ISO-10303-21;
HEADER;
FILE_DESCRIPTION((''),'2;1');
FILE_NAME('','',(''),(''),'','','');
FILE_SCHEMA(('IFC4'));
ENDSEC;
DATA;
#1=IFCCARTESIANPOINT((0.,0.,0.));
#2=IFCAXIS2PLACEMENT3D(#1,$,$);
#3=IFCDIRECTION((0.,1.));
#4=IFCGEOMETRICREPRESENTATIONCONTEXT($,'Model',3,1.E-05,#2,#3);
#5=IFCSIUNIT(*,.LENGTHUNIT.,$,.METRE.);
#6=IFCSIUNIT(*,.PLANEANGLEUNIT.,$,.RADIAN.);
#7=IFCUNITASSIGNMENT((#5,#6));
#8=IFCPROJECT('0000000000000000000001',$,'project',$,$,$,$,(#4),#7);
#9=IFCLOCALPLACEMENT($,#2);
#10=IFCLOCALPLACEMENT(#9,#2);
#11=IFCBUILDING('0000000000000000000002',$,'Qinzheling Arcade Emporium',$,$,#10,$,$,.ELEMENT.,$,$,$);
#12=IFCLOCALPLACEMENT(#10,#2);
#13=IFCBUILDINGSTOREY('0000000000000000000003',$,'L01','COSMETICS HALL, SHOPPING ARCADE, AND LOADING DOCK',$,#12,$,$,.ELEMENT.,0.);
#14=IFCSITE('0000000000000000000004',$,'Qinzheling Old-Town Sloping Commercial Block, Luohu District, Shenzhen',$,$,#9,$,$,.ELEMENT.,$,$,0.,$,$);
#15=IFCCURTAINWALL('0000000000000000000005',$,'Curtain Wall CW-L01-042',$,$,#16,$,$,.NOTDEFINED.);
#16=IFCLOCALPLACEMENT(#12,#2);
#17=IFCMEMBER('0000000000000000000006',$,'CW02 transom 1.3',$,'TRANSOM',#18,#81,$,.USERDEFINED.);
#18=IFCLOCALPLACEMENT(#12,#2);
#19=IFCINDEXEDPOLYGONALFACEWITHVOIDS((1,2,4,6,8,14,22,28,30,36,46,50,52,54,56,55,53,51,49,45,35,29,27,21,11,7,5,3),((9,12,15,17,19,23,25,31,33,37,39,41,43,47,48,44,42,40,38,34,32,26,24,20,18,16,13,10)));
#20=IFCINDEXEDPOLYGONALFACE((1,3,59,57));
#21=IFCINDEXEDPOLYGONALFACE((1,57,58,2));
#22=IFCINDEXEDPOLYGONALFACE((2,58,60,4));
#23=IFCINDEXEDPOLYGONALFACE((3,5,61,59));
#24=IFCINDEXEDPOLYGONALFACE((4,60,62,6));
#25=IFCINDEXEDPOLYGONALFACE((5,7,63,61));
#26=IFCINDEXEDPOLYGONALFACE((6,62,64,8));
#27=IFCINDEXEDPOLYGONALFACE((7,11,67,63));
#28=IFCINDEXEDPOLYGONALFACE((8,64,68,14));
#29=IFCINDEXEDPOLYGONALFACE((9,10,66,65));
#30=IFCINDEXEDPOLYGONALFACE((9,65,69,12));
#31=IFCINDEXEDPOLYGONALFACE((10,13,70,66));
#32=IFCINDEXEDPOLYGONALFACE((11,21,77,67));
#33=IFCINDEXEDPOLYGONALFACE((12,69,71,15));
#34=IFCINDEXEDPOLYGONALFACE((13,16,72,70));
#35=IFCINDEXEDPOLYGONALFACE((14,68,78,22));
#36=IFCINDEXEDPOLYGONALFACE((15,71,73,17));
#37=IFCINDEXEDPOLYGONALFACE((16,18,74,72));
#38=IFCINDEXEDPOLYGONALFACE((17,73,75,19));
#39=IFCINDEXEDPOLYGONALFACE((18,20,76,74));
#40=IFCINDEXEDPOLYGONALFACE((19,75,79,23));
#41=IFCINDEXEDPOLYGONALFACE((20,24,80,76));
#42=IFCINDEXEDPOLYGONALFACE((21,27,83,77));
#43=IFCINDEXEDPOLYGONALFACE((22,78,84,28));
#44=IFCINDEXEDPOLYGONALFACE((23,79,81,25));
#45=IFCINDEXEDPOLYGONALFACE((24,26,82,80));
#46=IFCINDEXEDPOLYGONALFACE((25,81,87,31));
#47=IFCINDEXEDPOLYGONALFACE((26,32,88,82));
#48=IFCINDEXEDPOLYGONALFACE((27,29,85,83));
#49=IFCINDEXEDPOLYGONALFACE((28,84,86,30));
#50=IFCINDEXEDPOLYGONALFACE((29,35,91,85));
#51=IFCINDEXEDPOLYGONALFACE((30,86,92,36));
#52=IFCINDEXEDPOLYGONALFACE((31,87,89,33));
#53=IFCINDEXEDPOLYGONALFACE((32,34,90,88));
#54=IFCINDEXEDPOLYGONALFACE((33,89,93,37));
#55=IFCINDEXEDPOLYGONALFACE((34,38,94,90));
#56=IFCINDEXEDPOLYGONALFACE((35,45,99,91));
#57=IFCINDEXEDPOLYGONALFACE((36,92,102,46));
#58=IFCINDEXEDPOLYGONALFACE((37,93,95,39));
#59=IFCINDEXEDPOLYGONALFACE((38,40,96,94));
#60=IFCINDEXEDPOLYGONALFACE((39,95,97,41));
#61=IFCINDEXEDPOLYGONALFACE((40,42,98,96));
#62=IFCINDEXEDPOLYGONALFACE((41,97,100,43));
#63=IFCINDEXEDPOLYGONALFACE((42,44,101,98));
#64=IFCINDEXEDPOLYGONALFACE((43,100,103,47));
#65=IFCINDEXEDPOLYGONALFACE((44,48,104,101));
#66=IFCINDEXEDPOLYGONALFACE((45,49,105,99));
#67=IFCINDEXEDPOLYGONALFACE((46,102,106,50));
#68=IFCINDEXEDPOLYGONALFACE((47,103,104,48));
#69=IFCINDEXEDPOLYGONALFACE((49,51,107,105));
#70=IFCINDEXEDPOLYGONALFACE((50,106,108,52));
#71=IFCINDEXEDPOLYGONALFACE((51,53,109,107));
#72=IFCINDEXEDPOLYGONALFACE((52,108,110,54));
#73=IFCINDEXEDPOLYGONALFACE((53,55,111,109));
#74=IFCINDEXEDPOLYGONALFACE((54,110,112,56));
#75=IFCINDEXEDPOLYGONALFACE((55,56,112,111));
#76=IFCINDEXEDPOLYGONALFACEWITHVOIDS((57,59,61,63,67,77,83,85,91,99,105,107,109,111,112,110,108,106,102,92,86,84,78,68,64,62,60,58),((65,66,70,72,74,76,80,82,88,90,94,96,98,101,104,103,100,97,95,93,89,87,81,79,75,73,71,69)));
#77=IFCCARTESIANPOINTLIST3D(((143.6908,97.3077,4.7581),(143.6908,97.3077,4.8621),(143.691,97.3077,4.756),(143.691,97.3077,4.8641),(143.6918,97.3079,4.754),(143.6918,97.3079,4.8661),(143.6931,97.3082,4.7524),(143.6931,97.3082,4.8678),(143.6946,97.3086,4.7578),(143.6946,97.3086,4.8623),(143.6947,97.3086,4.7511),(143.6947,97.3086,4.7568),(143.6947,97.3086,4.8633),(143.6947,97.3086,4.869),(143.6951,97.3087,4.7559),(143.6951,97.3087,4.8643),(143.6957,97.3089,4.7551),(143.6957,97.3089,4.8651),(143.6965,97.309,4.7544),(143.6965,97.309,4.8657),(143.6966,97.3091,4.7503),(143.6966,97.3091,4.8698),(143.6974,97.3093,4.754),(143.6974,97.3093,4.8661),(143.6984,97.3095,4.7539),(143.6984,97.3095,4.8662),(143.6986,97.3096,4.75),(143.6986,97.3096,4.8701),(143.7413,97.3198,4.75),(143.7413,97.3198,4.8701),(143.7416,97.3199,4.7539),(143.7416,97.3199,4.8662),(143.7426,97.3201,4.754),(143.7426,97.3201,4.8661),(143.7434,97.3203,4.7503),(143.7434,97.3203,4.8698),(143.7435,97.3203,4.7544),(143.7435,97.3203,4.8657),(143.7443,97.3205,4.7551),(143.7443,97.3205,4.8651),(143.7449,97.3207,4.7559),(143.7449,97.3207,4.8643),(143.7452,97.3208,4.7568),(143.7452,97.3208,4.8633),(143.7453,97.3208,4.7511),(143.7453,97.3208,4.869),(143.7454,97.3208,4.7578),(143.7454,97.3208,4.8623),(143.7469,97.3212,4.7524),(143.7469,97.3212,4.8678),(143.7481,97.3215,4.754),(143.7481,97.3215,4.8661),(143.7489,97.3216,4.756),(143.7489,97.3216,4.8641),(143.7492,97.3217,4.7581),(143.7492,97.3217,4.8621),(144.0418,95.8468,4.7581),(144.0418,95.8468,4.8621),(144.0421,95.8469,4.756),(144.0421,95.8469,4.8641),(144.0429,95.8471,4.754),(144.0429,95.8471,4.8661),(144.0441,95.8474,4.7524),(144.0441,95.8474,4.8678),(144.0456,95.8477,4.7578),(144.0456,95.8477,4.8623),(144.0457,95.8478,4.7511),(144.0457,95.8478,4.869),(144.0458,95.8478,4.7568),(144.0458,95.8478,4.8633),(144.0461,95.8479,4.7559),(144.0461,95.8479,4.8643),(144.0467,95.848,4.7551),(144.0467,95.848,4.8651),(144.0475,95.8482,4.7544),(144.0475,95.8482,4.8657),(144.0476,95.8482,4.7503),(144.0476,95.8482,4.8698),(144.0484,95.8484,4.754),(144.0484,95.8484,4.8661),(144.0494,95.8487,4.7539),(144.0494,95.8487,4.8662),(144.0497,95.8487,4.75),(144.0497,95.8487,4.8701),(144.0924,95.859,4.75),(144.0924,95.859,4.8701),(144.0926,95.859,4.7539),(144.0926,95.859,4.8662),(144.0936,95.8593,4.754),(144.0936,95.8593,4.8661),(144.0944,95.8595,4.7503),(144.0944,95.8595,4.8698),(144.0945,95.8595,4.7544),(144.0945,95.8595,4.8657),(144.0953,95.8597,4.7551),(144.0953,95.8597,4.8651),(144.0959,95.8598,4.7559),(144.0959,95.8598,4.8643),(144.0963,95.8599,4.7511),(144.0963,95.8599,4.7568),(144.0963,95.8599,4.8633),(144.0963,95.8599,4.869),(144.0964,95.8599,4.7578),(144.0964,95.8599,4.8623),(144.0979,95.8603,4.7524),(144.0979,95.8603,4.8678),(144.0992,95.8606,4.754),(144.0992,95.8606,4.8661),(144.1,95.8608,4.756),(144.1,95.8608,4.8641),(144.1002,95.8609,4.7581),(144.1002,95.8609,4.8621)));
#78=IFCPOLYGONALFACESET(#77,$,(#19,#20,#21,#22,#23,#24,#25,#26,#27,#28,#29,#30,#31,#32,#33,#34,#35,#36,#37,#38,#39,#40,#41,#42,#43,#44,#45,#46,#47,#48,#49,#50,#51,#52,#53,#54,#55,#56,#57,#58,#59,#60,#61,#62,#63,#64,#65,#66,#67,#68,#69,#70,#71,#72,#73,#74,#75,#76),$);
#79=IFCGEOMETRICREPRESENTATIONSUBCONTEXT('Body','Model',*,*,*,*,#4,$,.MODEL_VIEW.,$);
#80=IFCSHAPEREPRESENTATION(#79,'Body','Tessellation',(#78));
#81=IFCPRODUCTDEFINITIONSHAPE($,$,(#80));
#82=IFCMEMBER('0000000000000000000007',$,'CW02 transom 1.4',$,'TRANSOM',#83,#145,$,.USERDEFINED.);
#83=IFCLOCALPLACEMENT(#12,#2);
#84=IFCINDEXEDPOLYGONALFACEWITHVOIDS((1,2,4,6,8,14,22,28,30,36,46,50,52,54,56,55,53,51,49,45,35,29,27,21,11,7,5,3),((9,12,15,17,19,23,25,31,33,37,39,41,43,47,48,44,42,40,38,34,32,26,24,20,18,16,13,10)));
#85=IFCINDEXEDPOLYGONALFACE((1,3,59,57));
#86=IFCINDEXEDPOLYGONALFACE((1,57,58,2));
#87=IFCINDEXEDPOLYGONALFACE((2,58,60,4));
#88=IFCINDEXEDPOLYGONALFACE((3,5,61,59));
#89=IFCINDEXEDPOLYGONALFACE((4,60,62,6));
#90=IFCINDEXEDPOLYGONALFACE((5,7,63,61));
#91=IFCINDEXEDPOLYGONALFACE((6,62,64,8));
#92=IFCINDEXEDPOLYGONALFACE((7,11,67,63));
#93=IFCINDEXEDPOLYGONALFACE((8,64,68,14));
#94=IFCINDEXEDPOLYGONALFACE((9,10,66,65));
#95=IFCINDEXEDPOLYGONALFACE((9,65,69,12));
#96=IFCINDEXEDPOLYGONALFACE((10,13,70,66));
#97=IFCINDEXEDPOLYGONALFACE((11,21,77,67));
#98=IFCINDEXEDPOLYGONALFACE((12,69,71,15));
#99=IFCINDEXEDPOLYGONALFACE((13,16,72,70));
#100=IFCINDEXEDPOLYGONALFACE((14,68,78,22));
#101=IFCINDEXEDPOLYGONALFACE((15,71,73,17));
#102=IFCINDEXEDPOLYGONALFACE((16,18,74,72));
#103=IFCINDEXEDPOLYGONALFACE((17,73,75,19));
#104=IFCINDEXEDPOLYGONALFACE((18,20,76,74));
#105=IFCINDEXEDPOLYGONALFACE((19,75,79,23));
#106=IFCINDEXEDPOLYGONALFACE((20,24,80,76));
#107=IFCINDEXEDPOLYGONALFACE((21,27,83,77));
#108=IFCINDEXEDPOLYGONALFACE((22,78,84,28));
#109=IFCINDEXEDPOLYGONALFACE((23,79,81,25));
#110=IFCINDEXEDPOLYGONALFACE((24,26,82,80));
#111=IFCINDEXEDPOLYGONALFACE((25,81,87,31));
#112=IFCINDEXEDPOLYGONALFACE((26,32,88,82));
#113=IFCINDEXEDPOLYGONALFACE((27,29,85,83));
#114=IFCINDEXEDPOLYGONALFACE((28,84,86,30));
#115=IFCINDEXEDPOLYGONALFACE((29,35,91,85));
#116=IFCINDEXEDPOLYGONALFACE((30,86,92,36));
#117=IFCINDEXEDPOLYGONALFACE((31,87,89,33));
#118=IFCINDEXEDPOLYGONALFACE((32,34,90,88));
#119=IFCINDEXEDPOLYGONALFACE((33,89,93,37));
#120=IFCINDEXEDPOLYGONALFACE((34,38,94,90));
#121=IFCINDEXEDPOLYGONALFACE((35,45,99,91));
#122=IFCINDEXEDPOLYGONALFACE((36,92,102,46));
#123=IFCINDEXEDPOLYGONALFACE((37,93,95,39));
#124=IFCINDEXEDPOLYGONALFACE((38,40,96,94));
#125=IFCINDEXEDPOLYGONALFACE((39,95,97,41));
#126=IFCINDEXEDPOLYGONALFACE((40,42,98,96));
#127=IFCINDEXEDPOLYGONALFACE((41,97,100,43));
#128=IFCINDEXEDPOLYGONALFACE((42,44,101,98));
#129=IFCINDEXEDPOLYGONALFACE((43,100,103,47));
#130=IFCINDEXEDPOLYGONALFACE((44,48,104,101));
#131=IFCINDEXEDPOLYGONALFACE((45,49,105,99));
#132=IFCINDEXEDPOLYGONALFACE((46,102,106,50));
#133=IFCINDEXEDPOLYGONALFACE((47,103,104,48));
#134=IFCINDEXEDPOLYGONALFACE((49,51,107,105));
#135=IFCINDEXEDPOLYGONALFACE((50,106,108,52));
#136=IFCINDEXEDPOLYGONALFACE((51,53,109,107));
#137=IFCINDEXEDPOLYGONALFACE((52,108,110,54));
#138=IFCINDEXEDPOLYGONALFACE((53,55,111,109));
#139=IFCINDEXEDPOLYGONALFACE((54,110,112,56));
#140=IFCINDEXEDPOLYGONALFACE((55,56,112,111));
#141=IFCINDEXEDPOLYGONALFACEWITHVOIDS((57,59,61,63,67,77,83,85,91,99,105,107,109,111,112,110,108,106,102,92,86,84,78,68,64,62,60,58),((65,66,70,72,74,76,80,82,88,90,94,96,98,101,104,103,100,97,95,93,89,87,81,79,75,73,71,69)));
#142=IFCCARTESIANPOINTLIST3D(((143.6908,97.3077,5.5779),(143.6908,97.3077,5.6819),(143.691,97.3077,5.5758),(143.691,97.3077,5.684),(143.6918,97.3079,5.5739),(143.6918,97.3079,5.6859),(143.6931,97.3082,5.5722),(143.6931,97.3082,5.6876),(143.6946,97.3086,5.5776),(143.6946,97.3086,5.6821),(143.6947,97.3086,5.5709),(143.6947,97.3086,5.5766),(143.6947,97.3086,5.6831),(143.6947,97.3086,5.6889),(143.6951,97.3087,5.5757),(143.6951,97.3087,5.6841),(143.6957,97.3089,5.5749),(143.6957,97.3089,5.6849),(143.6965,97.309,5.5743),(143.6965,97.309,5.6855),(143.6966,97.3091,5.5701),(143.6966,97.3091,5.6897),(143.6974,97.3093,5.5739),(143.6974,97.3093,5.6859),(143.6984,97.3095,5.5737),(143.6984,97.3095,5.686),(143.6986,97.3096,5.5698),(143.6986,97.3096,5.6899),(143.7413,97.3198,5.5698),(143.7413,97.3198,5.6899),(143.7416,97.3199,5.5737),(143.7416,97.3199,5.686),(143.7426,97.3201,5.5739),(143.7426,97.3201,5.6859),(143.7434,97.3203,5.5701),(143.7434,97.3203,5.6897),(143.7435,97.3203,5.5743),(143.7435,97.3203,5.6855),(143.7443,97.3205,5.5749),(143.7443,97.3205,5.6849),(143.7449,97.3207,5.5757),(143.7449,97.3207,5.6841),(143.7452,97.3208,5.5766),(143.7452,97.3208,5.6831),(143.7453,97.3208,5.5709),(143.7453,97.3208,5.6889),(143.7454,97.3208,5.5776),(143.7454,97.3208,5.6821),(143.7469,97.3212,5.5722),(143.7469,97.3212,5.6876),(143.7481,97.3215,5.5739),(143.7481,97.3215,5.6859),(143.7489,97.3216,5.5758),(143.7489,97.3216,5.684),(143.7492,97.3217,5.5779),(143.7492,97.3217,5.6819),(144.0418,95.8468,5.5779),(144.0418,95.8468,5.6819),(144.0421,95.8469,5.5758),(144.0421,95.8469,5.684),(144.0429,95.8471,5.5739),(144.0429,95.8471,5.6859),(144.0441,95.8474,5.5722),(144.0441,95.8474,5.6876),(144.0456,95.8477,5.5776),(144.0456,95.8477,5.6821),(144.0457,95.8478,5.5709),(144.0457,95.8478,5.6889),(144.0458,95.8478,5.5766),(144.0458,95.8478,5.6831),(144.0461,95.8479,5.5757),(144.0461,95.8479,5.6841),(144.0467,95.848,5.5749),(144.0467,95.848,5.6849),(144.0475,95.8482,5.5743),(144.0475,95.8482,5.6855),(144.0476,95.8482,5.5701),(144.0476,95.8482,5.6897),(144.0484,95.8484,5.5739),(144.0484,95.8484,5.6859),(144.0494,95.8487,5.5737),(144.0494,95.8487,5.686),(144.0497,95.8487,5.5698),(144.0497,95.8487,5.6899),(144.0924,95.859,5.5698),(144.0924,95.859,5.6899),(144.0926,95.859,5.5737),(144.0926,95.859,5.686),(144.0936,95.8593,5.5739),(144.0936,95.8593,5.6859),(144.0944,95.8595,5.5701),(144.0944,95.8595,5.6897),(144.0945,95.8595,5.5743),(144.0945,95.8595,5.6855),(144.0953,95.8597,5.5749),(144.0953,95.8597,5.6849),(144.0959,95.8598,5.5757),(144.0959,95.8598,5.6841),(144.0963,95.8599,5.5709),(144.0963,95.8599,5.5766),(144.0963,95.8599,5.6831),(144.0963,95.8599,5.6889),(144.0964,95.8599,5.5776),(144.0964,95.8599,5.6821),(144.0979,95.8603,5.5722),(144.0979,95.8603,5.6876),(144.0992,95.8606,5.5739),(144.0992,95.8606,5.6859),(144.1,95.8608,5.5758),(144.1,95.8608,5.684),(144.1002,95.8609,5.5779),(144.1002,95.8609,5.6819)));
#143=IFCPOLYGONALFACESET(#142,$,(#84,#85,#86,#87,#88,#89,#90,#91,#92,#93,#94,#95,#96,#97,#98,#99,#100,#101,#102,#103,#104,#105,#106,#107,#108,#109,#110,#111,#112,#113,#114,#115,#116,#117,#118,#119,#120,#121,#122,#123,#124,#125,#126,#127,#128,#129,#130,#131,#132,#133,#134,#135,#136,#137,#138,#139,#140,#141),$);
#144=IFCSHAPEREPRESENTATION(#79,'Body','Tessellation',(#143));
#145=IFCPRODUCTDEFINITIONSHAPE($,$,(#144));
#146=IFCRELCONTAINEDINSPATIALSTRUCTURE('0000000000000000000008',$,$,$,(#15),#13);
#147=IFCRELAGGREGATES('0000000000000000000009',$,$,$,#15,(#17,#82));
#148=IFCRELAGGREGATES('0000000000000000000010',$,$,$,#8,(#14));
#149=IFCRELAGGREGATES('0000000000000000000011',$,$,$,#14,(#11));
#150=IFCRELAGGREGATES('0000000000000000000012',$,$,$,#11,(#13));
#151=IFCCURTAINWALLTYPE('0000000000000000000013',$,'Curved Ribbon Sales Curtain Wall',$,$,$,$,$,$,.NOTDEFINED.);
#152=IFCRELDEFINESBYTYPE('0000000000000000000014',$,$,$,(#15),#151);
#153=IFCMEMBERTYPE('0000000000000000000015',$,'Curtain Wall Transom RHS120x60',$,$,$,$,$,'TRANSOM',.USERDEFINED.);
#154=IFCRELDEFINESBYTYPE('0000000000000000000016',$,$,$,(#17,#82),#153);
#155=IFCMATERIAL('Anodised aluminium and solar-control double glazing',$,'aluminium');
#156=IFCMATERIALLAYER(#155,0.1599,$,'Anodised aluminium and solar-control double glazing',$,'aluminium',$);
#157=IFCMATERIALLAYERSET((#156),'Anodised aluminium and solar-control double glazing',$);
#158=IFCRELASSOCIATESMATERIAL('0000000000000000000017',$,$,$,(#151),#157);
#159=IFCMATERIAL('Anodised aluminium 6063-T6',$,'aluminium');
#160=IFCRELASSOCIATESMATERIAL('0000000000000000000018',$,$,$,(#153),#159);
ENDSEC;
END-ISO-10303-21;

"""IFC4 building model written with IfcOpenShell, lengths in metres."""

from ifc_helpers import new_model, si_unit, direction, frame, origin, origin_2d, place, context, subcontext, project, spatial, hollow_rectangle, extrude, material, layer, layer_set, material_profile, profile_set, type_object, element, aggregate, save


model = new_model("IFC4")

# Units and contexts
model_context = context("Model", 3, precision=1e-05, world=origin(), true_north=direction((0.0, 1.0)))
body_context = subcontext(model_context, "Body", "Model", "MODEL_VIEW")
ifc_project = project(units=[si_unit("LENGTHUNIT", "METRE"), si_unit("PLANEANGLEUNIT", "RADIAN")], contexts=[model_context])

# Site, building, storey
site_placement = place(None, origin())
site = spatial("IfcSite", under=ifc_project, at=site_placement, Name="Qinzheling Old-Town Sloping Commercial Block, Luohu District, Shenzhen", CompositionType="ELEMENT", RefElevation=0.0)
building_placement = place(site_placement, origin())
building = spatial("IfcBuilding", under=site, at=building_placement, Name="Qinzheling Arcade Emporium", CompositionType="ELEMENT")
storey_placement = place(building_placement, origin())
storey = spatial("IfcBuildingStorey", under=building, at=storey_placement, Name="L01", Description="COSMETICS HALL, SHOPPING ARCADE, AND LOADING DOCK", CompositionType="ELEMENT", Elevation=0.0)

# Curtain wall
ifc_material_1 = material(Name="Anodised aluminium and solar-control double glazing", Category="aluminium")
ifc_layer_1 = layer(ifc_material_1, 0.1599, Name="Anodised aluminium and solar-control double glazing", Category="aluminium")
ifc_layer_set_1 = layer_set([ifc_layer_1], Name="Anodised aluminium and solar-control double glazing")
curtain_wall_type = type_object("IfcCurtainWallType", Name="Curved Ribbon Sales Curtain Wall", PredefinedType="NOTDEFINED", material=ifc_layer_set_1)
ifc_material_2 = material(Name="Anodised aluminium 6063-T6", Category="aluminium")
curtain_wall_1_placement = place(storey_placement, origin())
curtain_wall_1 = element("IfcCurtainWall", 1, at=curtain_wall_1_placement, inside=storey, type_object=curtain_wall_type, Name="Curtain Wall CW-L01-042", PredefinedType="NOTDEFINED")

# Members
ifc_material_profile_1 = material_profile(ifc_material_2, hollow_rectangle(XDim=0.0601, YDim=0.1201, WallThickness=0.0039, InnerFilletRadius=0.0039, OuterFilletRadius=0.0081, at=origin_2d()), Name="RHS 120x60x4", Category="aluminium")
ifc_profile_set_1 = profile_set([ifc_material_profile_1], Name="Anodised aluminium 6063-T6")
member_type_1 = type_object("IfcMemberType", Name="Curtain Wall Transom RHS120x60", ElementType="TRANSOM", PredefinedType="USERDEFINED", material=ifc_profile_set_1)
member_1_placement = place(storey_placement, frame((143.72, 97.3147, 4.8101), z_axis=(0.233656, -0.972319, 0.0), x_axis=(0.972319, 0.233656, 0.0)))
member_1 = element("IfcMember", 2, at=member_1_placement, type_object=member_type_1, Name="CW02 transom 1.3", ObjectType="TRANSOM", PredefinedType="USERDEFINED", context=body_context, shape_type="SweptSolid", body=[
    extrude(hollow_rectangle(XDim=0.0601, YDim=0.1201, WallThickness=0.0039, InnerFilletRadius=0.0039, OuterFilletRadius=0.0081, at=origin_2d()), origin(), (0.0, 0.0, 1.0), 1.5024),
])
member_2_placement = place(storey_placement, frame((143.72, 97.3147, 5.6299), z_axis=(0.233656, -0.972319, 0.0), x_axis=(0.972319, 0.233656, 0.0)))
member_2 = element("IfcMember", 3, at=member_2_placement, type_object=member_type_1, Name="CW02 transom 1.4", ObjectType="TRANSOM", PredefinedType="USERDEFINED", context=body_context, shape_type="SweptSolid", body=[
    extrude(hollow_rectangle(XDim=0.0601, YDim=0.1201, WallThickness=0.0039, InnerFilletRadius=0.0039, OuterFilletRadius=0.0081, at=origin_2d()), origin(), (0.0, 0.0, 1.0), 1.5024),
])

aggregate(curtain_wall_1, [member_1, member_2])

save(model, "model.ifc")
